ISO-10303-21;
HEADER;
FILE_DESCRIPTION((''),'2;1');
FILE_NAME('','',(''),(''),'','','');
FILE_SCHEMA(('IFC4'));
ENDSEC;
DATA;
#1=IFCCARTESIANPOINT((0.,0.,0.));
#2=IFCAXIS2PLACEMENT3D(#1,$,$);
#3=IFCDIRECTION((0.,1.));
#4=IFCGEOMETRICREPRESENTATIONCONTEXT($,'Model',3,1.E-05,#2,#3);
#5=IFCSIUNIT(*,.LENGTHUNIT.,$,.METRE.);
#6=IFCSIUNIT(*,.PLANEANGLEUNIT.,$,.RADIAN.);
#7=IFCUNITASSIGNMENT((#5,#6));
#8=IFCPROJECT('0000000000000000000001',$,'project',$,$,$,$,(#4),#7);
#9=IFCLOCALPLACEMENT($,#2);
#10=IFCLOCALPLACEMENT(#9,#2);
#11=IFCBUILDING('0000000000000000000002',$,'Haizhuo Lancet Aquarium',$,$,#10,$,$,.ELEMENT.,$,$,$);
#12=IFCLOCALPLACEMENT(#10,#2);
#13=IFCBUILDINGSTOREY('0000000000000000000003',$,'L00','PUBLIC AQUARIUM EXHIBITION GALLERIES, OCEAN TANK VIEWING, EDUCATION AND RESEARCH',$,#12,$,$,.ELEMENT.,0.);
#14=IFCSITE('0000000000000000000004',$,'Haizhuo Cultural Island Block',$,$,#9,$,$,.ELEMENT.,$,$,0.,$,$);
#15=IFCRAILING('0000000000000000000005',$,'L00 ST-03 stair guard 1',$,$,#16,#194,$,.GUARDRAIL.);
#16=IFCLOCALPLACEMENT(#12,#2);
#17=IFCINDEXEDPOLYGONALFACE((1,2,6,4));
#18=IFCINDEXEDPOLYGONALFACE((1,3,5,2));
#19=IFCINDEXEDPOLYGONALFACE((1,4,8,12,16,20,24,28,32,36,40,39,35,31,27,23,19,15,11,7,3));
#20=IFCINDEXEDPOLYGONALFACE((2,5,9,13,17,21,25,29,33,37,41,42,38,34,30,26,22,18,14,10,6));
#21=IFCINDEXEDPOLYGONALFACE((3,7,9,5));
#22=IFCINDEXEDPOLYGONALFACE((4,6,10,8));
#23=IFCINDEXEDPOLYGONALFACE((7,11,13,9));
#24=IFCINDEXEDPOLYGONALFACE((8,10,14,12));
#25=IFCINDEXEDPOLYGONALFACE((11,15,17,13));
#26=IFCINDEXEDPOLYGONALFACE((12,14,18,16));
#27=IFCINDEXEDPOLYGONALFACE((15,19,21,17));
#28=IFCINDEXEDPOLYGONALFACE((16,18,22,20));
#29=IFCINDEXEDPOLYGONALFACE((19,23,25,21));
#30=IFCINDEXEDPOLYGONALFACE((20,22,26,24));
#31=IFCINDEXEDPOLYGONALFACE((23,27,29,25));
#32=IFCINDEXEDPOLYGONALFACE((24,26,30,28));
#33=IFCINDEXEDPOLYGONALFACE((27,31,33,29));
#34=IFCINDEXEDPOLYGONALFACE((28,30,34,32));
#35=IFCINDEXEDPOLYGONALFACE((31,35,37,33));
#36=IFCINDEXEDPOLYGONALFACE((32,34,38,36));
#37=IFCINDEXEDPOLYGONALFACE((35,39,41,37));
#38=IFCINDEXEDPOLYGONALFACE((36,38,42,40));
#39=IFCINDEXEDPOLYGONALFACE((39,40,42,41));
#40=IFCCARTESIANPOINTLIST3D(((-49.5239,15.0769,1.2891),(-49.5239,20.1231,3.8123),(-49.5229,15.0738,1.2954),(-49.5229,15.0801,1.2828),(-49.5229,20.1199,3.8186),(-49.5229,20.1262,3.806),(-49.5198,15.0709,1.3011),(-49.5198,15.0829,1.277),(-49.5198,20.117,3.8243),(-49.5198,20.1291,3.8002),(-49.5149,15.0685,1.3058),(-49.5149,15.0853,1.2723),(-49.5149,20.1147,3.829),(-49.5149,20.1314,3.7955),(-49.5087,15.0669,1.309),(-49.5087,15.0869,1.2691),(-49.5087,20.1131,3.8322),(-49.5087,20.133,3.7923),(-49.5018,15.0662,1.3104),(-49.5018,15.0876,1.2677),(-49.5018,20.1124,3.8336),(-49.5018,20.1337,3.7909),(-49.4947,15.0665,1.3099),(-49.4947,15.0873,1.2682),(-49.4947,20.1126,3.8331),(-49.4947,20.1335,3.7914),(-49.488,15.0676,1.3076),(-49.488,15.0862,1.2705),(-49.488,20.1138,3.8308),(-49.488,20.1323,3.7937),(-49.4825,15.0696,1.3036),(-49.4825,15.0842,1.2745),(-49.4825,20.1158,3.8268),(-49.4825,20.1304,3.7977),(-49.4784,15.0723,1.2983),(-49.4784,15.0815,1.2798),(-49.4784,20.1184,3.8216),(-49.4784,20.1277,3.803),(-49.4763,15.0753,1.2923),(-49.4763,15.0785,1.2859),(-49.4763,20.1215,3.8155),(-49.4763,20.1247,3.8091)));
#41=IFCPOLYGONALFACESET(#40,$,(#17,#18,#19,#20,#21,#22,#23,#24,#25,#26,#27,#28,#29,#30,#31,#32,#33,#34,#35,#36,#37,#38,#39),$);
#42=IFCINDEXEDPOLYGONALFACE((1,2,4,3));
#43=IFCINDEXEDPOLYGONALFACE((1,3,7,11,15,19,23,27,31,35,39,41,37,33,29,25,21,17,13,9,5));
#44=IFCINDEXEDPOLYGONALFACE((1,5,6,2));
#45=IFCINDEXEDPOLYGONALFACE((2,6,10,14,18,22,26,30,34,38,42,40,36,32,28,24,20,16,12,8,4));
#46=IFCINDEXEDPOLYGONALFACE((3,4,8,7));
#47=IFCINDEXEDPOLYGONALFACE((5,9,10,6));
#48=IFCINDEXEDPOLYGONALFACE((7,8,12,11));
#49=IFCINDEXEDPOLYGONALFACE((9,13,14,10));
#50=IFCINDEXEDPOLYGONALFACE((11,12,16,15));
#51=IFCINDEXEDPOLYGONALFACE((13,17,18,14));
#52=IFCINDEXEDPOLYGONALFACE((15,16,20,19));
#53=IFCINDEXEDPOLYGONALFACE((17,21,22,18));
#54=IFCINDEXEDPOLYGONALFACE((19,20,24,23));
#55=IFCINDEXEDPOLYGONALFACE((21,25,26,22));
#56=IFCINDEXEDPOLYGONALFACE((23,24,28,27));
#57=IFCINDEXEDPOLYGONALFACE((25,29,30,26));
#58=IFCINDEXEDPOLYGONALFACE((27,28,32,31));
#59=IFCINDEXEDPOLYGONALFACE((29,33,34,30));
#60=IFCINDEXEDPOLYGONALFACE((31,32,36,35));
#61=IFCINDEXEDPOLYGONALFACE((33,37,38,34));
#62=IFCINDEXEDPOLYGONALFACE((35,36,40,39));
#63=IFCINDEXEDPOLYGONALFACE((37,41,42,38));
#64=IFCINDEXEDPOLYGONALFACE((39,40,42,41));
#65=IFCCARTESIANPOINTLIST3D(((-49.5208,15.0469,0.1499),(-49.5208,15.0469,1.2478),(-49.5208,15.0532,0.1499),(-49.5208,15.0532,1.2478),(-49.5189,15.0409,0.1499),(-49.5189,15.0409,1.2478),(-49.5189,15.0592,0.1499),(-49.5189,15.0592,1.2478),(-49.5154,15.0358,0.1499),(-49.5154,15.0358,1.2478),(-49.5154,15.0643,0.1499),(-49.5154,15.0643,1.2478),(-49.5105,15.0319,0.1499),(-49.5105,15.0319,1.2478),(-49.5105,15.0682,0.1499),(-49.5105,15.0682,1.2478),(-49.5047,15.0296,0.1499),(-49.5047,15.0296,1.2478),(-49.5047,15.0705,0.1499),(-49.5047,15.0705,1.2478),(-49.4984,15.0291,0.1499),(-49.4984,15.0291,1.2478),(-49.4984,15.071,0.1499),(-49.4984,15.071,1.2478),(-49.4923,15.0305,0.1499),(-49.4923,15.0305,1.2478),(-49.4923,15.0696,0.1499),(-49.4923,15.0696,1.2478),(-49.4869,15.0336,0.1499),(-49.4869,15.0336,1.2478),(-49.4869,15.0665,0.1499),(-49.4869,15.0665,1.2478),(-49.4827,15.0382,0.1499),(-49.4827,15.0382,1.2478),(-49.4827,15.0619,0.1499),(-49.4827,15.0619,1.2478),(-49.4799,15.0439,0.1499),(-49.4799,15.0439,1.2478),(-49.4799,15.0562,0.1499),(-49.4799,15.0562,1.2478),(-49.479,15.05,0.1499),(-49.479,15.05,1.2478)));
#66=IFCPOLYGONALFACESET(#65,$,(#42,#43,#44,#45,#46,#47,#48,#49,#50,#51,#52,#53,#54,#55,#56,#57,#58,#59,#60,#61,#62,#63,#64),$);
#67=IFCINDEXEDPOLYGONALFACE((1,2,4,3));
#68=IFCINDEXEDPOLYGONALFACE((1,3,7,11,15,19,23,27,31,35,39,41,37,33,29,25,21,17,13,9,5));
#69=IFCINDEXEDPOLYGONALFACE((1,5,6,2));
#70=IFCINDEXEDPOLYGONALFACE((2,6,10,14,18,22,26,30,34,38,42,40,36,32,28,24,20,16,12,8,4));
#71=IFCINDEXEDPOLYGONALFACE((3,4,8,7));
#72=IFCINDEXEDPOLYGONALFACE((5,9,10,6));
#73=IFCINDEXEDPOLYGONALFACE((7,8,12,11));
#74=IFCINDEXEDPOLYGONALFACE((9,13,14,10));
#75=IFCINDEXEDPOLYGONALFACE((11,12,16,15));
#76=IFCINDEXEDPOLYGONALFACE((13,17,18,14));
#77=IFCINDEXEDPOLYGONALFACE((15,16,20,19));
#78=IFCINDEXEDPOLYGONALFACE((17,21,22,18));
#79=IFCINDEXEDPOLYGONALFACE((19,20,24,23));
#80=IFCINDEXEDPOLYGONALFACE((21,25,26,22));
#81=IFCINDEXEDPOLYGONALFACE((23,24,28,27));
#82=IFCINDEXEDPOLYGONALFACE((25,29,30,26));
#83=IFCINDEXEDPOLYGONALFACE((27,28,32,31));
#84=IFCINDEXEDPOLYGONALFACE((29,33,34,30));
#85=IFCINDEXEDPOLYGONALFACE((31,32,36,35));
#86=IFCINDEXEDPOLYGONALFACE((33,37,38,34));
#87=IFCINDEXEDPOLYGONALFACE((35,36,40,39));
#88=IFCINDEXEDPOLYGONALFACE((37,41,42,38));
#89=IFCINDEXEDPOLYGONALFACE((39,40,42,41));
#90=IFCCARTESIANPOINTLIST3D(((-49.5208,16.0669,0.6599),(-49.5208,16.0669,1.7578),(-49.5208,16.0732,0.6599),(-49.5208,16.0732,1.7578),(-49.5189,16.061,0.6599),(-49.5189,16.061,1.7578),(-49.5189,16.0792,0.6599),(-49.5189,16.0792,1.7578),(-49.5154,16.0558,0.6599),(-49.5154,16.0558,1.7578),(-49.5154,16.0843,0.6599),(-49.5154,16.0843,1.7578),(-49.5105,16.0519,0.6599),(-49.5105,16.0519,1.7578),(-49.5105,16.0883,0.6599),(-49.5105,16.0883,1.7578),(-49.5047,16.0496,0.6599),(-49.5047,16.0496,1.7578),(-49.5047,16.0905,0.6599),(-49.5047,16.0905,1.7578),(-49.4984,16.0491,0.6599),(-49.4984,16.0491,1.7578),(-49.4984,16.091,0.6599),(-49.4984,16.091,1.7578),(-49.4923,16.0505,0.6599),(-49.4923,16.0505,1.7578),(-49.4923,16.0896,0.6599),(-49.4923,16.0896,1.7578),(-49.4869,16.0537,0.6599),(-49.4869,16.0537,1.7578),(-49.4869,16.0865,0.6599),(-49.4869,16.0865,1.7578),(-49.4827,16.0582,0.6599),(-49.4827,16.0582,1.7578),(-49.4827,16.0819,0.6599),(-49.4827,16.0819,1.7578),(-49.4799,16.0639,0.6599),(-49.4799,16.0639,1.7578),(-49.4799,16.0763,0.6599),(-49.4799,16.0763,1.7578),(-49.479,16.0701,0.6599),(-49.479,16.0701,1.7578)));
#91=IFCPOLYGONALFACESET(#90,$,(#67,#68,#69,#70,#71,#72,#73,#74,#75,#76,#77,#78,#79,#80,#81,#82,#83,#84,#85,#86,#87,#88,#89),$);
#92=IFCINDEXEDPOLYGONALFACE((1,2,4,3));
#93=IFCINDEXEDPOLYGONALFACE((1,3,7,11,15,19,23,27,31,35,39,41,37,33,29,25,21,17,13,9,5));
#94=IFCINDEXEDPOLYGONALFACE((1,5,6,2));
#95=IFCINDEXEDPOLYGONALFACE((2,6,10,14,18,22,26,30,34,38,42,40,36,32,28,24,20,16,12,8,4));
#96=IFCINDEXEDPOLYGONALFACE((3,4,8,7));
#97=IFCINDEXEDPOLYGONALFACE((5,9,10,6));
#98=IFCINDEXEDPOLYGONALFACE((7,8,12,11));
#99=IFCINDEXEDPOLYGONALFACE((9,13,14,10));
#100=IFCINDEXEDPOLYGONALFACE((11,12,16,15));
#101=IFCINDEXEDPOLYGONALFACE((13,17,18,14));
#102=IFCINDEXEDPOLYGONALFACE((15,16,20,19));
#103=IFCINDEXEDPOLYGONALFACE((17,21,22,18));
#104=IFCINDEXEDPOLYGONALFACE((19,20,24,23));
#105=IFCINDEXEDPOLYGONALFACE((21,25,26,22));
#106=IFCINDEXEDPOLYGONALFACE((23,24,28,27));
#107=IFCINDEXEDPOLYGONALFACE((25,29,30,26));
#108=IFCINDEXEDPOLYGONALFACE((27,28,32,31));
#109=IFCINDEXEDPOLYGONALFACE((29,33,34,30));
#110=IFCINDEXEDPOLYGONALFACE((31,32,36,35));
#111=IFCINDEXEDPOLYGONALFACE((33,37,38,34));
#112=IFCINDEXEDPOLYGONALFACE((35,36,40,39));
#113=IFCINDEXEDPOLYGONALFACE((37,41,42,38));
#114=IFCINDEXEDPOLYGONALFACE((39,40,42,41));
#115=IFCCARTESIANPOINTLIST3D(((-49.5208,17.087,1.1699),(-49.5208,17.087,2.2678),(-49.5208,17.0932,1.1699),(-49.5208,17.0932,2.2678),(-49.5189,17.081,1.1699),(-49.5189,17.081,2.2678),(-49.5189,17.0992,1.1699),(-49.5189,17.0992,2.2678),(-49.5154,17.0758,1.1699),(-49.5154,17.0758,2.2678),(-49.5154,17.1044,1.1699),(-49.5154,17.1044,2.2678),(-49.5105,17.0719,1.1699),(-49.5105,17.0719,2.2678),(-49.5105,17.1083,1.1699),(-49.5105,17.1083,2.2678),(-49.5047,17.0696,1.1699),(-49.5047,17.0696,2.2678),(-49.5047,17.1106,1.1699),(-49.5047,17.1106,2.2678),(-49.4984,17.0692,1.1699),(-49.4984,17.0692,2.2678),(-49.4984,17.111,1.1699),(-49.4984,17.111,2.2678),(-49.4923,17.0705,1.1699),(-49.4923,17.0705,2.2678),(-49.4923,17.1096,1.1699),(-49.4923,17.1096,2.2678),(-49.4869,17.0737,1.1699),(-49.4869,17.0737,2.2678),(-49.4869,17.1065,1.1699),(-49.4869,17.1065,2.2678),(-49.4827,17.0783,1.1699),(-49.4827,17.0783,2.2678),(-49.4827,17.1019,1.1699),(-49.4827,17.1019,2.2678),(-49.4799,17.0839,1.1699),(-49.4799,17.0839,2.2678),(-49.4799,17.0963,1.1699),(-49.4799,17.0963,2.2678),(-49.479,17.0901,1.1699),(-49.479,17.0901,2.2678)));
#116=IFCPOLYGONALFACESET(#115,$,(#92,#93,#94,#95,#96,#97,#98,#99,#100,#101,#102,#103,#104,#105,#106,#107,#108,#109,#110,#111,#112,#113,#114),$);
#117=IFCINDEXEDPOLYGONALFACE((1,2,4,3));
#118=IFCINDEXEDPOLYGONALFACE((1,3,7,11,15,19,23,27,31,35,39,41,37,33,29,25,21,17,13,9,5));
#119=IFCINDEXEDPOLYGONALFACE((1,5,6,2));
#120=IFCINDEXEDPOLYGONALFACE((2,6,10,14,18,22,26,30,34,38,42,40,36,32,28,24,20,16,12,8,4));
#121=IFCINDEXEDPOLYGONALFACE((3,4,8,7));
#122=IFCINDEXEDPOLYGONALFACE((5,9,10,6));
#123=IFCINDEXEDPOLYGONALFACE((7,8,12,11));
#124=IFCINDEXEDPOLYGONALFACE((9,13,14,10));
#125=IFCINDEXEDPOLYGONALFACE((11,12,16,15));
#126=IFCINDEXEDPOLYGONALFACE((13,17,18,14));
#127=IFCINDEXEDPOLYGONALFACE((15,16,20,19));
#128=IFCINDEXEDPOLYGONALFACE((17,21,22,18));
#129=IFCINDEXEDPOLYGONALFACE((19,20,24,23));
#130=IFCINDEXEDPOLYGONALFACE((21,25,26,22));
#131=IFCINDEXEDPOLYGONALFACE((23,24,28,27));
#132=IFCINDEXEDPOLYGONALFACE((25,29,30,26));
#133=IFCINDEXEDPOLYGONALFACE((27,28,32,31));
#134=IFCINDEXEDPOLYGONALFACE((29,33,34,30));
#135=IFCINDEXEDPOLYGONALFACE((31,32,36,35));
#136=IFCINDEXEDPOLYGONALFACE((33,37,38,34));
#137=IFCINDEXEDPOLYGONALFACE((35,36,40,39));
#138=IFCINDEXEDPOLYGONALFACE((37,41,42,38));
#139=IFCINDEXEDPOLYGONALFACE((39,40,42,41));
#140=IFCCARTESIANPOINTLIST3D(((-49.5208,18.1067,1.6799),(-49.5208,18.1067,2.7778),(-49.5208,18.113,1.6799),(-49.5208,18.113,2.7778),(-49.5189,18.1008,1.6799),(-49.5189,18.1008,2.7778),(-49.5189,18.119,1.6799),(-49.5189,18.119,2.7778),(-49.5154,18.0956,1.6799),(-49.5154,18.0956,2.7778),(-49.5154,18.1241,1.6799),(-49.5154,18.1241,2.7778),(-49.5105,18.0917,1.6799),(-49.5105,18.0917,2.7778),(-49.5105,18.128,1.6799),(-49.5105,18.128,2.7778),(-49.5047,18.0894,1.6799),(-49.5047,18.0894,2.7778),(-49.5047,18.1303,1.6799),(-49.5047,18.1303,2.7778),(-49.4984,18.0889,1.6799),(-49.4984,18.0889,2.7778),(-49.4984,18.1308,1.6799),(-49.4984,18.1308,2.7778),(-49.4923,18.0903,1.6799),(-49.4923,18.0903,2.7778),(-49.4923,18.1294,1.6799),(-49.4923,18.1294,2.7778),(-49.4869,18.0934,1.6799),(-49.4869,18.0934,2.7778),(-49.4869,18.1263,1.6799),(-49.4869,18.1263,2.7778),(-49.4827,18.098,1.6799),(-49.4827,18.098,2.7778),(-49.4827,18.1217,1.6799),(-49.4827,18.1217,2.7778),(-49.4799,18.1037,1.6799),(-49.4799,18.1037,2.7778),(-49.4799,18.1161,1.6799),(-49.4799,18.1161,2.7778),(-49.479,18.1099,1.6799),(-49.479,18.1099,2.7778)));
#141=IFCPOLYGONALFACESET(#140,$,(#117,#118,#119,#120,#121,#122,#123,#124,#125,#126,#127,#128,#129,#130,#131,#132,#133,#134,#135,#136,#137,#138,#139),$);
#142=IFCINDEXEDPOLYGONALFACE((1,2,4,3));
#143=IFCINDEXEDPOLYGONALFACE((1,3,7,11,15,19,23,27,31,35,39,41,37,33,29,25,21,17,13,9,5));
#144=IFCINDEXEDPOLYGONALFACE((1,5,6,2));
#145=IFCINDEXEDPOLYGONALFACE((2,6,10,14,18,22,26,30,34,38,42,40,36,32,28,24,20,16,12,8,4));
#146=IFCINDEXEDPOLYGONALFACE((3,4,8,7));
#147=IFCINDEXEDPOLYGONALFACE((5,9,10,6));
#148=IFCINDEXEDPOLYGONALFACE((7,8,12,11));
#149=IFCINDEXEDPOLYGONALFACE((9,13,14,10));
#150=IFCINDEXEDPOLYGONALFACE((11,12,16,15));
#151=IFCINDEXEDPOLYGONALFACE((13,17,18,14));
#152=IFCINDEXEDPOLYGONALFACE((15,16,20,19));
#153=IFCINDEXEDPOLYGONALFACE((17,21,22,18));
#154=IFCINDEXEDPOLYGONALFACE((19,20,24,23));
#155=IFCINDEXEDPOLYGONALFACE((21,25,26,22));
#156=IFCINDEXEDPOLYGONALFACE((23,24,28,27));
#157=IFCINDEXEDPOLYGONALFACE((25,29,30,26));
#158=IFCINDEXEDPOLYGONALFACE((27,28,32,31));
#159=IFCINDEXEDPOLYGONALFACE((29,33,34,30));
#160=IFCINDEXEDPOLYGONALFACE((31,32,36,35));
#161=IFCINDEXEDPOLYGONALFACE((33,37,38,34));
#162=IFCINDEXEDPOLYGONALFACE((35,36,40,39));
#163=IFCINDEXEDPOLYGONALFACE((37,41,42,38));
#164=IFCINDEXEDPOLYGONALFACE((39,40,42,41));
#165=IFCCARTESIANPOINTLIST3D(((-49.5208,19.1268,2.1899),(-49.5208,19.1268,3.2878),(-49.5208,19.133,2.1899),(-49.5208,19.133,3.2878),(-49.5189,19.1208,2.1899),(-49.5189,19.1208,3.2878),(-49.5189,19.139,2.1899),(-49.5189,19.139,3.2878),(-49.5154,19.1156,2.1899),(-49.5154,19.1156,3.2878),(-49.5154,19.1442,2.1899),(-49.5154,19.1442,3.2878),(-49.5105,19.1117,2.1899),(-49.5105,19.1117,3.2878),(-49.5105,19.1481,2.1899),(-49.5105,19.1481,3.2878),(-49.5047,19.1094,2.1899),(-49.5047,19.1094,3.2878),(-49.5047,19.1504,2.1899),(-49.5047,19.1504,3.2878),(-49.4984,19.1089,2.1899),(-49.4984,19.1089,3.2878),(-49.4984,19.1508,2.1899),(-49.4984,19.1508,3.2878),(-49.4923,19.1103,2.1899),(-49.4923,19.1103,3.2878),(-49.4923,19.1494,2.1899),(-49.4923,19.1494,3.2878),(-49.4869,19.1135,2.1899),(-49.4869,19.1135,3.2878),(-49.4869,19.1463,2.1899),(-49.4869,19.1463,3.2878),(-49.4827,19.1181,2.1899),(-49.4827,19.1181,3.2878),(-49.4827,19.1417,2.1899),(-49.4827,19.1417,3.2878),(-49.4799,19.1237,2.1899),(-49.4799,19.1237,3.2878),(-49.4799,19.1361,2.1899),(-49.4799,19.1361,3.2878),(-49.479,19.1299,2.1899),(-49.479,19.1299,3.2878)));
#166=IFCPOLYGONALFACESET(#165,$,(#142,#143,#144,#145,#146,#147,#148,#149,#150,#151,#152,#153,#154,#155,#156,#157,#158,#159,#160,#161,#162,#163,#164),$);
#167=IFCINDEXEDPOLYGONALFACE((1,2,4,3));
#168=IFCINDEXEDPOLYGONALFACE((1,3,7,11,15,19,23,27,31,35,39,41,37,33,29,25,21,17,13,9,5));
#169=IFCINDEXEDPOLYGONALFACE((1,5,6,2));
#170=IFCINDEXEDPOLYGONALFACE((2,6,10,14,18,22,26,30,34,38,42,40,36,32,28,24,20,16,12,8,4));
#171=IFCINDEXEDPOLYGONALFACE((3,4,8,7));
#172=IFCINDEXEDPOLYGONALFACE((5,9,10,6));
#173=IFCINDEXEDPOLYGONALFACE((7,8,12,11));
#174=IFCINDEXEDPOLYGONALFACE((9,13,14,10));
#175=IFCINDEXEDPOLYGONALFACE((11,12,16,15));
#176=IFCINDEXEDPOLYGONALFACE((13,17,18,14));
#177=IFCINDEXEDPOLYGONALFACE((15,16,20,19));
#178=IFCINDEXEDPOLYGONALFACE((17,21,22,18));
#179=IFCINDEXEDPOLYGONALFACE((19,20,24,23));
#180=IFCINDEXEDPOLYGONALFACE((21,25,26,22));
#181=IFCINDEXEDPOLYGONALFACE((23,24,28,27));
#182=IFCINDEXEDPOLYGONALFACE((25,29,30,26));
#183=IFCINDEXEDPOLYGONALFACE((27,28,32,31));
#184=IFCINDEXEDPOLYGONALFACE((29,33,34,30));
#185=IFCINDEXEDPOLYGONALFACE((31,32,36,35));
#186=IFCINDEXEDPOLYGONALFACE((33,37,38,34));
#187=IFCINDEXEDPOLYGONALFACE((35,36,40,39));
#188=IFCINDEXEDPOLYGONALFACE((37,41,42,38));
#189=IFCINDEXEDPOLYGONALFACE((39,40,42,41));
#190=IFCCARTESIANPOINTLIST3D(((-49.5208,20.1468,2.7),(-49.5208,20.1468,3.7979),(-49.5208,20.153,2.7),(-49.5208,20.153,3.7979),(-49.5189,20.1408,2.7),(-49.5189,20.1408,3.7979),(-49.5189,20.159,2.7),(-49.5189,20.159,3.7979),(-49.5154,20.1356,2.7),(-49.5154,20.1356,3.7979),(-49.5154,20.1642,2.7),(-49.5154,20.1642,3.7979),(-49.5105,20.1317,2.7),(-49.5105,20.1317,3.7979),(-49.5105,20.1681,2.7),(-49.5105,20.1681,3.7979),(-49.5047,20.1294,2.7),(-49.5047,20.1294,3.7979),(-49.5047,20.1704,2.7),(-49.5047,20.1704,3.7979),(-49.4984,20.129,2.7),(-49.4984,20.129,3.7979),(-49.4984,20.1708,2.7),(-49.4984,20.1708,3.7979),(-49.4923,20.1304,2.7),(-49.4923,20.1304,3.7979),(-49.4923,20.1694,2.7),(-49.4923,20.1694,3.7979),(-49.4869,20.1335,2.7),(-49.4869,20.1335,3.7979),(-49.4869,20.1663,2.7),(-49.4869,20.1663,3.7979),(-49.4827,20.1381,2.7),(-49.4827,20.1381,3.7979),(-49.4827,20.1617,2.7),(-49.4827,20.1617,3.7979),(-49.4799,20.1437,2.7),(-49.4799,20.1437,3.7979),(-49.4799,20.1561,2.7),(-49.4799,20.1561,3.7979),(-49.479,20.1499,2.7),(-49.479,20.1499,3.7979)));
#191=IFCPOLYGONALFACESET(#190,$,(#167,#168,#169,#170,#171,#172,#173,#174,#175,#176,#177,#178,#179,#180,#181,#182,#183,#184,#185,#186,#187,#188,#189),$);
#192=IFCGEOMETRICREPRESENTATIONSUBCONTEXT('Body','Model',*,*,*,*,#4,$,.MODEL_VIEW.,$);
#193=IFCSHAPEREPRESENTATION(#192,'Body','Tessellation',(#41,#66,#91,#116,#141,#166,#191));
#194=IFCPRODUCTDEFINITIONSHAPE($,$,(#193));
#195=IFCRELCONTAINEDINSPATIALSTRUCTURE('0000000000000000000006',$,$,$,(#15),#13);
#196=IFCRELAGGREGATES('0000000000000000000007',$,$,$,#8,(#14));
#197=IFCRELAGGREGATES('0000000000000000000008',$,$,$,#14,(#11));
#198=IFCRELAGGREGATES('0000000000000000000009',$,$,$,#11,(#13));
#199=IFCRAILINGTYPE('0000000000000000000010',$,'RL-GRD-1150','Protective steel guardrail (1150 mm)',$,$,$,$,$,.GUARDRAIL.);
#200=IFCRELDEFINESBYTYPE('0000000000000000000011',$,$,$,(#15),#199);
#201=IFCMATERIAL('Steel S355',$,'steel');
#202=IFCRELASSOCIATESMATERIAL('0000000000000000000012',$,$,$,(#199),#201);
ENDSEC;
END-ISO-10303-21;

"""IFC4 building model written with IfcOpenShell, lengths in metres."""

from ifc_helpers import new_model, si_unit, direction, frame, origin, origin_2d, place, context, subcontext, project, spatial, circle, extrude, material, type_object, element, save


model = new_model("IFC4")

# Units and contexts
model_context = context("Model", 3, precision=1e-05, world=origin(), true_north=direction((0.0, 1.0)))
body_context = subcontext(model_context, "Body", "Model", "MODEL_VIEW")
ifc_project = project(units=[si_unit("LENGTHUNIT", "METRE"), si_unit("PLANEANGLEUNIT", "RADIAN")], contexts=[model_context])

# Site, building, storey
site_placement = place(None, origin())
site = spatial("IfcSite", under=ifc_project, at=site_placement, Name="Haizhuo Cultural Island Block", CompositionType="ELEMENT", RefElevation=0.0)
building_placement = place(site_placement, origin())
building = spatial("IfcBuilding", under=site, at=building_placement, Name="Haizhuo Lancet Aquarium", CompositionType="ELEMENT")
storey_placement = place(building_placement, origin())
storey = spatial("IfcBuildingStorey", under=building, at=storey_placement, Name="L00", Description="PUBLIC AQUARIUM EXHIBITION GALLERIES, OCEAN TANK VIEWING, EDUCATION AND RESEARCH", CompositionType="ELEMENT", Elevation=0.0)

# Shared definitions
ifc_material_1 = material(Name="Steel S355", Category="steel")

# Railing
railing_type_1 = type_object("IfcRailingType", Name="RL-GRD-1150", Description="Protective steel guardrail (1150 mm)", PredefinedType="GUARDRAIL", material=ifc_material_1)
railing_1_placement = place(storey_placement, frame((-49.5, 15.05, 0.1499)))
element("IfcRailing", 1, at=railing_1_placement, inside=storey, type_object=railing_type_1, Name="L00 ST-03 stair guard 1", PredefinedType="GUARDRAIL", context=body_context, shape_type="SweptSolid", body=[
    extrude(circle(Radius=0.0239, at=origin_2d()), frame((0.0, 0.0269, 1.1392), z_axis=(0.0, 0.894419, 0.447231), x_axis=(-1.0, 0.0, 0.0)), (0.0, 0.0, 1.0), 5.6418),
    extrude(circle(Radius=0.021, at=origin_2d()), origin(), (0.0, 0.0, 1.0), 1.0979),
    extrude(circle(Radius=0.021, at=origin_2d()), frame((0.0, 1.02, 0.51)), (0.0, 0.0, 1.0), 1.0979),
    extrude(circle(Radius=0.021, at=origin_2d()), frame((0.0, 2.04, 1.02)), (0.0, 0.0, 1.0), 1.0979),
    extrude(circle(Radius=0.021, at=origin_2d()), frame((0.0, 3.0598, 1.53)), (0.0, 0.0, 1.0), 1.0979),
    extrude(circle(Radius=0.021, at=origin_2d()), frame((0.0, 4.0798, 2.04)), (0.0, 0.0, 1.0), 1.0979),
    extrude(circle(Radius=0.021, at=origin_2d()), frame((0.0, 5.0999, 2.55)), (0.0, 0.0, 1.0), 1.0979),
])

save(model, "model.ifc")
